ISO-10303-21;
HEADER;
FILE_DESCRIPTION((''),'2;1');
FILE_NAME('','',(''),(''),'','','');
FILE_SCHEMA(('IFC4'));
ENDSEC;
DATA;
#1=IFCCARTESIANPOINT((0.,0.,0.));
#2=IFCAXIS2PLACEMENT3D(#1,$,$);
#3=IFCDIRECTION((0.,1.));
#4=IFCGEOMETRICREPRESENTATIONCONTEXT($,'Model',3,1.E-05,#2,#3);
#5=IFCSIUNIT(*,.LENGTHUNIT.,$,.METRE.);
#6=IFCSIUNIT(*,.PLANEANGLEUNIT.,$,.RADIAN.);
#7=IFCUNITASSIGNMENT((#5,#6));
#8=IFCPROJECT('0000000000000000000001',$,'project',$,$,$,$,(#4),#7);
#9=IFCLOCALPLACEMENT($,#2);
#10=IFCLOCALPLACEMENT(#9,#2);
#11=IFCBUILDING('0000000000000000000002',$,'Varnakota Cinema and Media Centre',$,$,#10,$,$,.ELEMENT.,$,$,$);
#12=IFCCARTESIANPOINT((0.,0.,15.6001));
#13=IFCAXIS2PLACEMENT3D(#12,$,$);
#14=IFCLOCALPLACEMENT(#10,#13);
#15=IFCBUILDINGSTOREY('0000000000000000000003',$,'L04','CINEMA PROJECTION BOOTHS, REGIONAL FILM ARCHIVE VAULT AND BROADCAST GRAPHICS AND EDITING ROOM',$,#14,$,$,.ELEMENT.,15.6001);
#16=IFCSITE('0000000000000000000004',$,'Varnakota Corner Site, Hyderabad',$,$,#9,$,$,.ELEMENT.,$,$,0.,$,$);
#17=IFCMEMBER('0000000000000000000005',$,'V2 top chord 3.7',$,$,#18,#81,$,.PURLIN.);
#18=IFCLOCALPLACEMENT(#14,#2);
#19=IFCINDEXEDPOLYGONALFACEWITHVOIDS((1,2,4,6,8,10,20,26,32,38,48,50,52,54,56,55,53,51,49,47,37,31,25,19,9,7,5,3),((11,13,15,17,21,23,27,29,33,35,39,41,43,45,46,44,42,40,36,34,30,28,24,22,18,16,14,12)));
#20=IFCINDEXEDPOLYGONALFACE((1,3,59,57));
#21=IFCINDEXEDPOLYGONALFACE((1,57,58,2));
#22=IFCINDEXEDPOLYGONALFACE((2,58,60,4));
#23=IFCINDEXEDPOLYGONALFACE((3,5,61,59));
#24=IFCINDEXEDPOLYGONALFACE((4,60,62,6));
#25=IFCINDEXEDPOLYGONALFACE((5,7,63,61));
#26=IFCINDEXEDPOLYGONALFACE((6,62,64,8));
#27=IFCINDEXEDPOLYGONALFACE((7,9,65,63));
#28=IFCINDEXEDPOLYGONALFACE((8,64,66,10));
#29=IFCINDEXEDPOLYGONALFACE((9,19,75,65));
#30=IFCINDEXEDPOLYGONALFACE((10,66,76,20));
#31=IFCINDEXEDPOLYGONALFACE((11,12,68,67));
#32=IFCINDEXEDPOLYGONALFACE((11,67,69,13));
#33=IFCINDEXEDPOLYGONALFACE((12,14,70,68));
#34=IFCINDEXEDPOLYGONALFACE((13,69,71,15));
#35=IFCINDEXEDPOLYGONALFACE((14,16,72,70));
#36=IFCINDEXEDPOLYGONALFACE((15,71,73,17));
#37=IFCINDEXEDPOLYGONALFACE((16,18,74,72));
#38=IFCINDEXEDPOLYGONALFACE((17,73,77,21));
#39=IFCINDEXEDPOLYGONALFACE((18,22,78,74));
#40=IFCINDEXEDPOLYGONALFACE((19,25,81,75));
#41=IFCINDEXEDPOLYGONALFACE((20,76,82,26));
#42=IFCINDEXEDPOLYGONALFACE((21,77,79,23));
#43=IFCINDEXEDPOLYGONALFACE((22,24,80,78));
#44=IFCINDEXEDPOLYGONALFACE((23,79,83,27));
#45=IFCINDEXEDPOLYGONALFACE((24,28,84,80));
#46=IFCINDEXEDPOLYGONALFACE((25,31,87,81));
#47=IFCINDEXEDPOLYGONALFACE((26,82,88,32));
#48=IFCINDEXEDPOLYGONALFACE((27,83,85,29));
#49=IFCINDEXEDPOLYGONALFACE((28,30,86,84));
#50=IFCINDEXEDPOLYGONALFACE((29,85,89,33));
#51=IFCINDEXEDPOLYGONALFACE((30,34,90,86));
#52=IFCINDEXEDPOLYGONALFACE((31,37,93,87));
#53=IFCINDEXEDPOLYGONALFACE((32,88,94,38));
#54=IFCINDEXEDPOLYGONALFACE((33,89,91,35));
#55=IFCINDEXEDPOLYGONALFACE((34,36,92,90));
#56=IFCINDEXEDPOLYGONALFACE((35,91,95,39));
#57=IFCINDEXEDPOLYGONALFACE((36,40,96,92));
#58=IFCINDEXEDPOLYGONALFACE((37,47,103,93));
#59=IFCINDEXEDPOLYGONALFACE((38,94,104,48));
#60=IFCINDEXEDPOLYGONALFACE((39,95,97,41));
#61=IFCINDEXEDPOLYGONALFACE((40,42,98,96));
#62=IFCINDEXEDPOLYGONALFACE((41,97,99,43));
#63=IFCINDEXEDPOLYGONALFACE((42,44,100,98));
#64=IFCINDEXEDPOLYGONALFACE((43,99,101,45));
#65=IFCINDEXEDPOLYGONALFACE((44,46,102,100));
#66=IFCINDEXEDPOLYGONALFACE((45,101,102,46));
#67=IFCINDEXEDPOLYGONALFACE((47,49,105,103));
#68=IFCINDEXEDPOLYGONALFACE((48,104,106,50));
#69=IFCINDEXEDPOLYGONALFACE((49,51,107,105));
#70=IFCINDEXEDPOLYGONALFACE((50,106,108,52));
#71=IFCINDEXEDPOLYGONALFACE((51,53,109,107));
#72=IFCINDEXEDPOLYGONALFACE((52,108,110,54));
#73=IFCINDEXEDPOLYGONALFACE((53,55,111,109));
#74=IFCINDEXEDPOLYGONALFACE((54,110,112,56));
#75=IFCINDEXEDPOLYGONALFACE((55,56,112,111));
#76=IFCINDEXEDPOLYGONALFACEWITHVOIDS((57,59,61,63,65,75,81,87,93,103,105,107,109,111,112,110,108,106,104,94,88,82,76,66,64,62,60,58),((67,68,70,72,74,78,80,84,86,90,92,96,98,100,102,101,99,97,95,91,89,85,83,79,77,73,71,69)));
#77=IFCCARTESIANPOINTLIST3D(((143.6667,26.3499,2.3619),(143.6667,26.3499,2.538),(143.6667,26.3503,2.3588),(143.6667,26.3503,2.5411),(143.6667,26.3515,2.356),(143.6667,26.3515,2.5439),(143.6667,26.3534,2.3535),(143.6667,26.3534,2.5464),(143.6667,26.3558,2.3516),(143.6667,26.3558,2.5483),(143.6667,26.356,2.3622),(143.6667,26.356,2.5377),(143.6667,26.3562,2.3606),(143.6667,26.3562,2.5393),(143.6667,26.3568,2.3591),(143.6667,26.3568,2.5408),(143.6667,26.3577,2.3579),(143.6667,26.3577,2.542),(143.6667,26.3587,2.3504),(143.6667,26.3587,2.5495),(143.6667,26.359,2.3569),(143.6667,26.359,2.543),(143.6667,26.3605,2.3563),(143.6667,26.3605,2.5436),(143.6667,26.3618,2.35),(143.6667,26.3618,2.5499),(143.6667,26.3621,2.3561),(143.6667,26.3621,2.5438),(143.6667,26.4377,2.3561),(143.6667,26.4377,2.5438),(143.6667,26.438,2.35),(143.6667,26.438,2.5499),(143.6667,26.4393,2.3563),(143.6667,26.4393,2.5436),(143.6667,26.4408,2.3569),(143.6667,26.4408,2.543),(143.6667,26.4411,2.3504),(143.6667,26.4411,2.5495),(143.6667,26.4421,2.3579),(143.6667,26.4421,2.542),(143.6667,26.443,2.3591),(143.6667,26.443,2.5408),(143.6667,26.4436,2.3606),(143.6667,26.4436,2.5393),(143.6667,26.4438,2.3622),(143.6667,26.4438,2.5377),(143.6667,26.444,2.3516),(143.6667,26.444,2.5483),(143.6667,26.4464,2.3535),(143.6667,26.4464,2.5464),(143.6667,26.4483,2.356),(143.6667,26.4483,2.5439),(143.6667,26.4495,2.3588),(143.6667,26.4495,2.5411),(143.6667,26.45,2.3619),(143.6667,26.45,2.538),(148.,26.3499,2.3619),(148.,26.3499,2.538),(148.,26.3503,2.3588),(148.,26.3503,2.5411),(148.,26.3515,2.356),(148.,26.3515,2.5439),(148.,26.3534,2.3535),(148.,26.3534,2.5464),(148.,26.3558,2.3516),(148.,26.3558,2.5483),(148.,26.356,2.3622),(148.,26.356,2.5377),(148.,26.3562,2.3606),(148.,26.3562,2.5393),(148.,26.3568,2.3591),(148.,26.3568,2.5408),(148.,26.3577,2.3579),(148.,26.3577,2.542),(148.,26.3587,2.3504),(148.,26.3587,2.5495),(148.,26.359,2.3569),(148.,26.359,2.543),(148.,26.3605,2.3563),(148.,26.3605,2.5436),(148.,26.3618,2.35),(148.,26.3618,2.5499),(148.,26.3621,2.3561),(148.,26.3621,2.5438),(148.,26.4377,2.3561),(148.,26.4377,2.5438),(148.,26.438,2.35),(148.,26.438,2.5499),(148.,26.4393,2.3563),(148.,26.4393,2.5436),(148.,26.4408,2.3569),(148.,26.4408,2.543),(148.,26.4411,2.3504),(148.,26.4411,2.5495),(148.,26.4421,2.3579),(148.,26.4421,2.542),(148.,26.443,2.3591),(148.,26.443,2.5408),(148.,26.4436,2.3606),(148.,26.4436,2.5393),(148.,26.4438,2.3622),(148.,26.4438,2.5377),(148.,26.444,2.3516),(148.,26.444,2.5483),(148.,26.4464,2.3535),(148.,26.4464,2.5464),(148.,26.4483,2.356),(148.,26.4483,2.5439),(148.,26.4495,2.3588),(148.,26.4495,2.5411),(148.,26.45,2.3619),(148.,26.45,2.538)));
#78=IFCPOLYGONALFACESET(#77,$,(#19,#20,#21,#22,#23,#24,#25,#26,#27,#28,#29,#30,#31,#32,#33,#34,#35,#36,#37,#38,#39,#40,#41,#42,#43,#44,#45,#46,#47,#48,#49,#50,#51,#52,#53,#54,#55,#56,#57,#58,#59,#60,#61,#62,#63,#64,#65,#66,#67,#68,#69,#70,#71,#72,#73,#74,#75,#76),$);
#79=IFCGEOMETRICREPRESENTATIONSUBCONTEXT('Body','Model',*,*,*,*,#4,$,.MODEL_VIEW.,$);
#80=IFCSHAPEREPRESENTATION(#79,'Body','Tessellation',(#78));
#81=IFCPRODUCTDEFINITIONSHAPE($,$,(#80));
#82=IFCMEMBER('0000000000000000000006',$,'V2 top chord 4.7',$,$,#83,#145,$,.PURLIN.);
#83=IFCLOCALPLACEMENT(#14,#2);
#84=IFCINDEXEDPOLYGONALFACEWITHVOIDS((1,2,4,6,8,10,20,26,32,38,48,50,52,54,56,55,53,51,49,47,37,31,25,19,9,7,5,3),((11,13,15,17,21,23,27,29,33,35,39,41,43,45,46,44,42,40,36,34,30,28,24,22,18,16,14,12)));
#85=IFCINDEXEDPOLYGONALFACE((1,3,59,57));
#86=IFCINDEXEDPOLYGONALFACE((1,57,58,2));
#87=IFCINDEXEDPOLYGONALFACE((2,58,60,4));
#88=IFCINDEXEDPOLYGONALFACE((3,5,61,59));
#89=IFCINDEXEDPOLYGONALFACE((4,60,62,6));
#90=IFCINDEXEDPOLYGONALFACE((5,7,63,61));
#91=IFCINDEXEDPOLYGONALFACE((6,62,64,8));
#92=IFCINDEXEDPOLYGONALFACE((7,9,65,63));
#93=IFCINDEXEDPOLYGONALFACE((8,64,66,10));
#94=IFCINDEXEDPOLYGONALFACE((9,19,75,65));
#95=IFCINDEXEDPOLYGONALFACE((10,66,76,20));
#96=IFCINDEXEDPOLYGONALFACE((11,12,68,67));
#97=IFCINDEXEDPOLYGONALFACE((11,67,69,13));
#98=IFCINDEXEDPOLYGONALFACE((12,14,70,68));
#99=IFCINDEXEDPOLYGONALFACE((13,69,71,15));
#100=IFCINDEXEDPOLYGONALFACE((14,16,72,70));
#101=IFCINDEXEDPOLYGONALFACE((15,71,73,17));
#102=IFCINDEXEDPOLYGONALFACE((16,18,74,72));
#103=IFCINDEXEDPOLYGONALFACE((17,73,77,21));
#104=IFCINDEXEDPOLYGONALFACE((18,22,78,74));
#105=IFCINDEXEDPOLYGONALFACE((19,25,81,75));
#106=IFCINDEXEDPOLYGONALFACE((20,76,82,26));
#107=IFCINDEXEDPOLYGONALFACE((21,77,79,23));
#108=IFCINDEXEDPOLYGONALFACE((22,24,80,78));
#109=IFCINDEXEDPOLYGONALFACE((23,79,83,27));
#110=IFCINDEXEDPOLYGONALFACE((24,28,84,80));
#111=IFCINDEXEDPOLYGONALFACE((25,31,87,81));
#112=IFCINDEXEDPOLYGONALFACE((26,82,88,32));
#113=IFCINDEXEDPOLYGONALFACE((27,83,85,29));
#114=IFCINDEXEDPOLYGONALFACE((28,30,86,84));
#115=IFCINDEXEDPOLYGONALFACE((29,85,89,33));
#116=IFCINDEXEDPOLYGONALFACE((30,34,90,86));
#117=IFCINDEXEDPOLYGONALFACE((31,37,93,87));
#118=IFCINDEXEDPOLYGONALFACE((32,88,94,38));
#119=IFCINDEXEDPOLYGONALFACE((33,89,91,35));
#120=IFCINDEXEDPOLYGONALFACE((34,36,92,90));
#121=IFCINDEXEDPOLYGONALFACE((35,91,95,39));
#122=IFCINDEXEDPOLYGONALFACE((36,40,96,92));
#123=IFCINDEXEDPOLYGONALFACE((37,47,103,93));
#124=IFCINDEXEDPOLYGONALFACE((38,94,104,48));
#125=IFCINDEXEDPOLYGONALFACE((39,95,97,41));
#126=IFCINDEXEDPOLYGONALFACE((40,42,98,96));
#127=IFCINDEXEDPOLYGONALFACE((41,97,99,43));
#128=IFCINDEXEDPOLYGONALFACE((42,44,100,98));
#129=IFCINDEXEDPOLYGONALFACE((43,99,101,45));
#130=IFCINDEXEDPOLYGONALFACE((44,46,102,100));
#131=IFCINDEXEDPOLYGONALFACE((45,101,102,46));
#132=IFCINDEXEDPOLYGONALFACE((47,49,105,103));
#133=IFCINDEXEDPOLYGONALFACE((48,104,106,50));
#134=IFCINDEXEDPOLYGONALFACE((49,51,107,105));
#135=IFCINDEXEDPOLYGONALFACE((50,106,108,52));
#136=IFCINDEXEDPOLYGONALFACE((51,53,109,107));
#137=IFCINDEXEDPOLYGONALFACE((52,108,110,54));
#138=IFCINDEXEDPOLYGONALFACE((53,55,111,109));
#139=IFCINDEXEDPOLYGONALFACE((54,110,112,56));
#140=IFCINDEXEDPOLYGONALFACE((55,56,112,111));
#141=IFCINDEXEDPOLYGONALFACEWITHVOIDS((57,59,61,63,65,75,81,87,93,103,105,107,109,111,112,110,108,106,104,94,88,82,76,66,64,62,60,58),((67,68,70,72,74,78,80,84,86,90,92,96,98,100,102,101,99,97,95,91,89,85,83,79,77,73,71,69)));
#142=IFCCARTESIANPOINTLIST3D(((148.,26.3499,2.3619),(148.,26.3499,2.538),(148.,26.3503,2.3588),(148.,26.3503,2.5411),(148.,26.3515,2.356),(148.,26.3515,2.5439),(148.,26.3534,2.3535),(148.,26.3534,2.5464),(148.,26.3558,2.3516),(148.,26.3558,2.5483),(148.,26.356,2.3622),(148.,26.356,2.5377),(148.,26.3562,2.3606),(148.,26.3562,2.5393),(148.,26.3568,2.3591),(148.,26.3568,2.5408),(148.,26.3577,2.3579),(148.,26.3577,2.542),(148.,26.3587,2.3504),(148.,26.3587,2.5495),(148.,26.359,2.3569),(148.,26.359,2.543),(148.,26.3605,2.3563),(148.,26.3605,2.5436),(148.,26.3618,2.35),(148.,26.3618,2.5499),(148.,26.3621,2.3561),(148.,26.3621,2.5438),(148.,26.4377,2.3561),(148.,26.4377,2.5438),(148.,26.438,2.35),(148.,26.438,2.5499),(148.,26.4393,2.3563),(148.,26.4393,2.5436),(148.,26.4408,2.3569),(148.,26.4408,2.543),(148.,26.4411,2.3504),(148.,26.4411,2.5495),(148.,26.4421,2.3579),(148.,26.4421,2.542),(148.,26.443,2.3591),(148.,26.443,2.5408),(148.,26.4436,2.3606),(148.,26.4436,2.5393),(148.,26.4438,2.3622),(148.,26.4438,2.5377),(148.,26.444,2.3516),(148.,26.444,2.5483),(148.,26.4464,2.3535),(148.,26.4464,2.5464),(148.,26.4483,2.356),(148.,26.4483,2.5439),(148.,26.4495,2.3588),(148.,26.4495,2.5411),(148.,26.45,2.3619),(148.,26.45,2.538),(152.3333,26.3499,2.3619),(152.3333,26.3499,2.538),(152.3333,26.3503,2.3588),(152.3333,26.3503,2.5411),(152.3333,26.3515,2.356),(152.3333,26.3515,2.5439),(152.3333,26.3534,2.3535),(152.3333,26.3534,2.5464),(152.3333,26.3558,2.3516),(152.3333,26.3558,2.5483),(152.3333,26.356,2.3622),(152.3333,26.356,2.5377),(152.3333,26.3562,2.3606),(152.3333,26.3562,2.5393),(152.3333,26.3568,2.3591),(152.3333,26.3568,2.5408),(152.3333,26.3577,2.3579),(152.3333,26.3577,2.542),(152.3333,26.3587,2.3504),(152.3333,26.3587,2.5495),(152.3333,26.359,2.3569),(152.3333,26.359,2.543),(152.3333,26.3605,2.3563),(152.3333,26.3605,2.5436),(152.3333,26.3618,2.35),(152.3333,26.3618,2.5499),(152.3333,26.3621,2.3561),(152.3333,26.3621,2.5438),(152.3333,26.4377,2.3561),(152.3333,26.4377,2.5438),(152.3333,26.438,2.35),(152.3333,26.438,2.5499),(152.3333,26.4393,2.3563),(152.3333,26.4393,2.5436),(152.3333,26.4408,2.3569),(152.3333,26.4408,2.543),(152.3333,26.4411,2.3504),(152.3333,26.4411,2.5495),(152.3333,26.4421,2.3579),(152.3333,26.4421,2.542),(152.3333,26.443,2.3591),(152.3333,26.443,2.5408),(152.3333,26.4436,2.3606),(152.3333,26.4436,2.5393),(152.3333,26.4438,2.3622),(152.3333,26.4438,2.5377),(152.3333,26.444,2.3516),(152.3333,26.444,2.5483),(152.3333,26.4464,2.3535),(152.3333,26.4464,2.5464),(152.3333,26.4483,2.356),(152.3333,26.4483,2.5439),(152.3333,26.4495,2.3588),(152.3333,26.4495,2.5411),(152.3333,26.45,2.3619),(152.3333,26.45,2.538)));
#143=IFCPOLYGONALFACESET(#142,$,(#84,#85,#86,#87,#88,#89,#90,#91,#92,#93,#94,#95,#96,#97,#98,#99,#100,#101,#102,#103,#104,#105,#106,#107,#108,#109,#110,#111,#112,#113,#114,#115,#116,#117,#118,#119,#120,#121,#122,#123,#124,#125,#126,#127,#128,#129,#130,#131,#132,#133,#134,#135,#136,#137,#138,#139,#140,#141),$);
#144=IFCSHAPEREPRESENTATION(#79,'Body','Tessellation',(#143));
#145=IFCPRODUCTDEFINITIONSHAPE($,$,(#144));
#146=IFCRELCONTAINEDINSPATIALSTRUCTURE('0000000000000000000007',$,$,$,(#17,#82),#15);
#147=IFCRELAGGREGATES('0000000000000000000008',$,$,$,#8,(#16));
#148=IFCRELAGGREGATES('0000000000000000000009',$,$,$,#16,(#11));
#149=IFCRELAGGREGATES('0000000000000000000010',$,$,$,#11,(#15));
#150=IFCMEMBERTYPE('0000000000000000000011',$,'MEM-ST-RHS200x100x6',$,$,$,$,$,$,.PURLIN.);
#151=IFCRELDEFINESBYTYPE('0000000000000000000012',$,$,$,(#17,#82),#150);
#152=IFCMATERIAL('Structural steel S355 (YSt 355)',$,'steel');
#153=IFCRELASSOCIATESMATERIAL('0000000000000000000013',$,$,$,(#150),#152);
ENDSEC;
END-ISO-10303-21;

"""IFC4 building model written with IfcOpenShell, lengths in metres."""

from ifc_helpers import new_model, si_unit, direction, frame, origin, origin_2d, place, context, subcontext, project, spatial, hollow_rectangle, extrude, material, material_profile, profile_set, type_object, element, save


model = new_model("IFC4")

# Units and contexts
model_context = context("Model", 3, precision=1e-05, world=origin(), true_north=direction((0.0, 1.0)))
body_context = subcontext(model_context, "Body", "Model", "MODEL_VIEW")
ifc_project = project(units=[si_unit("LENGTHUNIT", "METRE"), si_unit("PLANEANGLEUNIT", "RADIAN")], contexts=[model_context])

# Site, building, storey
site_placement = place(None, origin())
site = spatial("IfcSite", under=ifc_project, at=site_placement, Name="Varnakota Corner Site, Hyderabad", CompositionType="ELEMENT", RefElevation=0.0)
building_placement = place(site_placement, origin())
building = spatial("IfcBuilding", under=site, at=building_placement, Name="Varnakota Cinema and Media Centre", CompositionType="ELEMENT")
storey_placement = place(building_placement, frame((0.0, 0.0, 15.6001)))
storey = spatial("IfcBuildingStorey", under=building, at=storey_placement, Name="L04", Description="CINEMA PROJECTION BOOTHS, REGIONAL FILM ARCHIVE VAULT AND BROADCAST GRAPHICS AND EDITING ROOM", CompositionType="ELEMENT", Elevation=15.6001)

# Members
ifc_material_1 = material(Name="Structural steel S355 (YSt 355)", Category="steel")
ifc_material_profile_1 = material_profile(ifc_material_1, hollow_rectangle(XDim=0.1001, YDim=0.2, WallThickness=0.0061, InnerFilletRadius=0.0061, OuterFilletRadius=0.012, at=origin_2d()), Name="RHS 200x100x6")
ifc_profile_set_1 = profile_set([ifc_material_profile_1], Name="Structural steel S355 (YSt 355)")
member_type_1 = type_object("IfcMemberType", Name="MEM-ST-RHS200x100x6", PredefinedType="PURLIN", material=ifc_profile_set_1)
for number, where, z_axis, x_axis, name in (
    (1, (143.6667, 26.3999, 2.45), (1.0, 0.0, 0.0), (0.0, 1.0, 0.0), "V2 top chord 3.7"),
    (2, (148.0, 26.3999, 2.45), (1.0, 0.0, 0.0), (0.0, 1.0, 0.0), "V2 top chord 4.7"),
):
    element("IfcMember", number, at=place(storey_placement, frame(where, z_axis=z_axis, x_axis=x_axis)), inside=storey, type_object=member_type_1, Name=name, PredefinedType="PURLIN", context=body_context, shape_type="SweptSolid", body=[
        extrude(hollow_rectangle(XDim=0.1001, YDim=0.2, WallThickness=0.0061, InnerFilletRadius=0.0061, OuterFilletRadius=0.012, at=origin_2d()), origin(), (0.0, 0.0, 1.0), 4.3333),
    ])

save(model, "model.ifc")
